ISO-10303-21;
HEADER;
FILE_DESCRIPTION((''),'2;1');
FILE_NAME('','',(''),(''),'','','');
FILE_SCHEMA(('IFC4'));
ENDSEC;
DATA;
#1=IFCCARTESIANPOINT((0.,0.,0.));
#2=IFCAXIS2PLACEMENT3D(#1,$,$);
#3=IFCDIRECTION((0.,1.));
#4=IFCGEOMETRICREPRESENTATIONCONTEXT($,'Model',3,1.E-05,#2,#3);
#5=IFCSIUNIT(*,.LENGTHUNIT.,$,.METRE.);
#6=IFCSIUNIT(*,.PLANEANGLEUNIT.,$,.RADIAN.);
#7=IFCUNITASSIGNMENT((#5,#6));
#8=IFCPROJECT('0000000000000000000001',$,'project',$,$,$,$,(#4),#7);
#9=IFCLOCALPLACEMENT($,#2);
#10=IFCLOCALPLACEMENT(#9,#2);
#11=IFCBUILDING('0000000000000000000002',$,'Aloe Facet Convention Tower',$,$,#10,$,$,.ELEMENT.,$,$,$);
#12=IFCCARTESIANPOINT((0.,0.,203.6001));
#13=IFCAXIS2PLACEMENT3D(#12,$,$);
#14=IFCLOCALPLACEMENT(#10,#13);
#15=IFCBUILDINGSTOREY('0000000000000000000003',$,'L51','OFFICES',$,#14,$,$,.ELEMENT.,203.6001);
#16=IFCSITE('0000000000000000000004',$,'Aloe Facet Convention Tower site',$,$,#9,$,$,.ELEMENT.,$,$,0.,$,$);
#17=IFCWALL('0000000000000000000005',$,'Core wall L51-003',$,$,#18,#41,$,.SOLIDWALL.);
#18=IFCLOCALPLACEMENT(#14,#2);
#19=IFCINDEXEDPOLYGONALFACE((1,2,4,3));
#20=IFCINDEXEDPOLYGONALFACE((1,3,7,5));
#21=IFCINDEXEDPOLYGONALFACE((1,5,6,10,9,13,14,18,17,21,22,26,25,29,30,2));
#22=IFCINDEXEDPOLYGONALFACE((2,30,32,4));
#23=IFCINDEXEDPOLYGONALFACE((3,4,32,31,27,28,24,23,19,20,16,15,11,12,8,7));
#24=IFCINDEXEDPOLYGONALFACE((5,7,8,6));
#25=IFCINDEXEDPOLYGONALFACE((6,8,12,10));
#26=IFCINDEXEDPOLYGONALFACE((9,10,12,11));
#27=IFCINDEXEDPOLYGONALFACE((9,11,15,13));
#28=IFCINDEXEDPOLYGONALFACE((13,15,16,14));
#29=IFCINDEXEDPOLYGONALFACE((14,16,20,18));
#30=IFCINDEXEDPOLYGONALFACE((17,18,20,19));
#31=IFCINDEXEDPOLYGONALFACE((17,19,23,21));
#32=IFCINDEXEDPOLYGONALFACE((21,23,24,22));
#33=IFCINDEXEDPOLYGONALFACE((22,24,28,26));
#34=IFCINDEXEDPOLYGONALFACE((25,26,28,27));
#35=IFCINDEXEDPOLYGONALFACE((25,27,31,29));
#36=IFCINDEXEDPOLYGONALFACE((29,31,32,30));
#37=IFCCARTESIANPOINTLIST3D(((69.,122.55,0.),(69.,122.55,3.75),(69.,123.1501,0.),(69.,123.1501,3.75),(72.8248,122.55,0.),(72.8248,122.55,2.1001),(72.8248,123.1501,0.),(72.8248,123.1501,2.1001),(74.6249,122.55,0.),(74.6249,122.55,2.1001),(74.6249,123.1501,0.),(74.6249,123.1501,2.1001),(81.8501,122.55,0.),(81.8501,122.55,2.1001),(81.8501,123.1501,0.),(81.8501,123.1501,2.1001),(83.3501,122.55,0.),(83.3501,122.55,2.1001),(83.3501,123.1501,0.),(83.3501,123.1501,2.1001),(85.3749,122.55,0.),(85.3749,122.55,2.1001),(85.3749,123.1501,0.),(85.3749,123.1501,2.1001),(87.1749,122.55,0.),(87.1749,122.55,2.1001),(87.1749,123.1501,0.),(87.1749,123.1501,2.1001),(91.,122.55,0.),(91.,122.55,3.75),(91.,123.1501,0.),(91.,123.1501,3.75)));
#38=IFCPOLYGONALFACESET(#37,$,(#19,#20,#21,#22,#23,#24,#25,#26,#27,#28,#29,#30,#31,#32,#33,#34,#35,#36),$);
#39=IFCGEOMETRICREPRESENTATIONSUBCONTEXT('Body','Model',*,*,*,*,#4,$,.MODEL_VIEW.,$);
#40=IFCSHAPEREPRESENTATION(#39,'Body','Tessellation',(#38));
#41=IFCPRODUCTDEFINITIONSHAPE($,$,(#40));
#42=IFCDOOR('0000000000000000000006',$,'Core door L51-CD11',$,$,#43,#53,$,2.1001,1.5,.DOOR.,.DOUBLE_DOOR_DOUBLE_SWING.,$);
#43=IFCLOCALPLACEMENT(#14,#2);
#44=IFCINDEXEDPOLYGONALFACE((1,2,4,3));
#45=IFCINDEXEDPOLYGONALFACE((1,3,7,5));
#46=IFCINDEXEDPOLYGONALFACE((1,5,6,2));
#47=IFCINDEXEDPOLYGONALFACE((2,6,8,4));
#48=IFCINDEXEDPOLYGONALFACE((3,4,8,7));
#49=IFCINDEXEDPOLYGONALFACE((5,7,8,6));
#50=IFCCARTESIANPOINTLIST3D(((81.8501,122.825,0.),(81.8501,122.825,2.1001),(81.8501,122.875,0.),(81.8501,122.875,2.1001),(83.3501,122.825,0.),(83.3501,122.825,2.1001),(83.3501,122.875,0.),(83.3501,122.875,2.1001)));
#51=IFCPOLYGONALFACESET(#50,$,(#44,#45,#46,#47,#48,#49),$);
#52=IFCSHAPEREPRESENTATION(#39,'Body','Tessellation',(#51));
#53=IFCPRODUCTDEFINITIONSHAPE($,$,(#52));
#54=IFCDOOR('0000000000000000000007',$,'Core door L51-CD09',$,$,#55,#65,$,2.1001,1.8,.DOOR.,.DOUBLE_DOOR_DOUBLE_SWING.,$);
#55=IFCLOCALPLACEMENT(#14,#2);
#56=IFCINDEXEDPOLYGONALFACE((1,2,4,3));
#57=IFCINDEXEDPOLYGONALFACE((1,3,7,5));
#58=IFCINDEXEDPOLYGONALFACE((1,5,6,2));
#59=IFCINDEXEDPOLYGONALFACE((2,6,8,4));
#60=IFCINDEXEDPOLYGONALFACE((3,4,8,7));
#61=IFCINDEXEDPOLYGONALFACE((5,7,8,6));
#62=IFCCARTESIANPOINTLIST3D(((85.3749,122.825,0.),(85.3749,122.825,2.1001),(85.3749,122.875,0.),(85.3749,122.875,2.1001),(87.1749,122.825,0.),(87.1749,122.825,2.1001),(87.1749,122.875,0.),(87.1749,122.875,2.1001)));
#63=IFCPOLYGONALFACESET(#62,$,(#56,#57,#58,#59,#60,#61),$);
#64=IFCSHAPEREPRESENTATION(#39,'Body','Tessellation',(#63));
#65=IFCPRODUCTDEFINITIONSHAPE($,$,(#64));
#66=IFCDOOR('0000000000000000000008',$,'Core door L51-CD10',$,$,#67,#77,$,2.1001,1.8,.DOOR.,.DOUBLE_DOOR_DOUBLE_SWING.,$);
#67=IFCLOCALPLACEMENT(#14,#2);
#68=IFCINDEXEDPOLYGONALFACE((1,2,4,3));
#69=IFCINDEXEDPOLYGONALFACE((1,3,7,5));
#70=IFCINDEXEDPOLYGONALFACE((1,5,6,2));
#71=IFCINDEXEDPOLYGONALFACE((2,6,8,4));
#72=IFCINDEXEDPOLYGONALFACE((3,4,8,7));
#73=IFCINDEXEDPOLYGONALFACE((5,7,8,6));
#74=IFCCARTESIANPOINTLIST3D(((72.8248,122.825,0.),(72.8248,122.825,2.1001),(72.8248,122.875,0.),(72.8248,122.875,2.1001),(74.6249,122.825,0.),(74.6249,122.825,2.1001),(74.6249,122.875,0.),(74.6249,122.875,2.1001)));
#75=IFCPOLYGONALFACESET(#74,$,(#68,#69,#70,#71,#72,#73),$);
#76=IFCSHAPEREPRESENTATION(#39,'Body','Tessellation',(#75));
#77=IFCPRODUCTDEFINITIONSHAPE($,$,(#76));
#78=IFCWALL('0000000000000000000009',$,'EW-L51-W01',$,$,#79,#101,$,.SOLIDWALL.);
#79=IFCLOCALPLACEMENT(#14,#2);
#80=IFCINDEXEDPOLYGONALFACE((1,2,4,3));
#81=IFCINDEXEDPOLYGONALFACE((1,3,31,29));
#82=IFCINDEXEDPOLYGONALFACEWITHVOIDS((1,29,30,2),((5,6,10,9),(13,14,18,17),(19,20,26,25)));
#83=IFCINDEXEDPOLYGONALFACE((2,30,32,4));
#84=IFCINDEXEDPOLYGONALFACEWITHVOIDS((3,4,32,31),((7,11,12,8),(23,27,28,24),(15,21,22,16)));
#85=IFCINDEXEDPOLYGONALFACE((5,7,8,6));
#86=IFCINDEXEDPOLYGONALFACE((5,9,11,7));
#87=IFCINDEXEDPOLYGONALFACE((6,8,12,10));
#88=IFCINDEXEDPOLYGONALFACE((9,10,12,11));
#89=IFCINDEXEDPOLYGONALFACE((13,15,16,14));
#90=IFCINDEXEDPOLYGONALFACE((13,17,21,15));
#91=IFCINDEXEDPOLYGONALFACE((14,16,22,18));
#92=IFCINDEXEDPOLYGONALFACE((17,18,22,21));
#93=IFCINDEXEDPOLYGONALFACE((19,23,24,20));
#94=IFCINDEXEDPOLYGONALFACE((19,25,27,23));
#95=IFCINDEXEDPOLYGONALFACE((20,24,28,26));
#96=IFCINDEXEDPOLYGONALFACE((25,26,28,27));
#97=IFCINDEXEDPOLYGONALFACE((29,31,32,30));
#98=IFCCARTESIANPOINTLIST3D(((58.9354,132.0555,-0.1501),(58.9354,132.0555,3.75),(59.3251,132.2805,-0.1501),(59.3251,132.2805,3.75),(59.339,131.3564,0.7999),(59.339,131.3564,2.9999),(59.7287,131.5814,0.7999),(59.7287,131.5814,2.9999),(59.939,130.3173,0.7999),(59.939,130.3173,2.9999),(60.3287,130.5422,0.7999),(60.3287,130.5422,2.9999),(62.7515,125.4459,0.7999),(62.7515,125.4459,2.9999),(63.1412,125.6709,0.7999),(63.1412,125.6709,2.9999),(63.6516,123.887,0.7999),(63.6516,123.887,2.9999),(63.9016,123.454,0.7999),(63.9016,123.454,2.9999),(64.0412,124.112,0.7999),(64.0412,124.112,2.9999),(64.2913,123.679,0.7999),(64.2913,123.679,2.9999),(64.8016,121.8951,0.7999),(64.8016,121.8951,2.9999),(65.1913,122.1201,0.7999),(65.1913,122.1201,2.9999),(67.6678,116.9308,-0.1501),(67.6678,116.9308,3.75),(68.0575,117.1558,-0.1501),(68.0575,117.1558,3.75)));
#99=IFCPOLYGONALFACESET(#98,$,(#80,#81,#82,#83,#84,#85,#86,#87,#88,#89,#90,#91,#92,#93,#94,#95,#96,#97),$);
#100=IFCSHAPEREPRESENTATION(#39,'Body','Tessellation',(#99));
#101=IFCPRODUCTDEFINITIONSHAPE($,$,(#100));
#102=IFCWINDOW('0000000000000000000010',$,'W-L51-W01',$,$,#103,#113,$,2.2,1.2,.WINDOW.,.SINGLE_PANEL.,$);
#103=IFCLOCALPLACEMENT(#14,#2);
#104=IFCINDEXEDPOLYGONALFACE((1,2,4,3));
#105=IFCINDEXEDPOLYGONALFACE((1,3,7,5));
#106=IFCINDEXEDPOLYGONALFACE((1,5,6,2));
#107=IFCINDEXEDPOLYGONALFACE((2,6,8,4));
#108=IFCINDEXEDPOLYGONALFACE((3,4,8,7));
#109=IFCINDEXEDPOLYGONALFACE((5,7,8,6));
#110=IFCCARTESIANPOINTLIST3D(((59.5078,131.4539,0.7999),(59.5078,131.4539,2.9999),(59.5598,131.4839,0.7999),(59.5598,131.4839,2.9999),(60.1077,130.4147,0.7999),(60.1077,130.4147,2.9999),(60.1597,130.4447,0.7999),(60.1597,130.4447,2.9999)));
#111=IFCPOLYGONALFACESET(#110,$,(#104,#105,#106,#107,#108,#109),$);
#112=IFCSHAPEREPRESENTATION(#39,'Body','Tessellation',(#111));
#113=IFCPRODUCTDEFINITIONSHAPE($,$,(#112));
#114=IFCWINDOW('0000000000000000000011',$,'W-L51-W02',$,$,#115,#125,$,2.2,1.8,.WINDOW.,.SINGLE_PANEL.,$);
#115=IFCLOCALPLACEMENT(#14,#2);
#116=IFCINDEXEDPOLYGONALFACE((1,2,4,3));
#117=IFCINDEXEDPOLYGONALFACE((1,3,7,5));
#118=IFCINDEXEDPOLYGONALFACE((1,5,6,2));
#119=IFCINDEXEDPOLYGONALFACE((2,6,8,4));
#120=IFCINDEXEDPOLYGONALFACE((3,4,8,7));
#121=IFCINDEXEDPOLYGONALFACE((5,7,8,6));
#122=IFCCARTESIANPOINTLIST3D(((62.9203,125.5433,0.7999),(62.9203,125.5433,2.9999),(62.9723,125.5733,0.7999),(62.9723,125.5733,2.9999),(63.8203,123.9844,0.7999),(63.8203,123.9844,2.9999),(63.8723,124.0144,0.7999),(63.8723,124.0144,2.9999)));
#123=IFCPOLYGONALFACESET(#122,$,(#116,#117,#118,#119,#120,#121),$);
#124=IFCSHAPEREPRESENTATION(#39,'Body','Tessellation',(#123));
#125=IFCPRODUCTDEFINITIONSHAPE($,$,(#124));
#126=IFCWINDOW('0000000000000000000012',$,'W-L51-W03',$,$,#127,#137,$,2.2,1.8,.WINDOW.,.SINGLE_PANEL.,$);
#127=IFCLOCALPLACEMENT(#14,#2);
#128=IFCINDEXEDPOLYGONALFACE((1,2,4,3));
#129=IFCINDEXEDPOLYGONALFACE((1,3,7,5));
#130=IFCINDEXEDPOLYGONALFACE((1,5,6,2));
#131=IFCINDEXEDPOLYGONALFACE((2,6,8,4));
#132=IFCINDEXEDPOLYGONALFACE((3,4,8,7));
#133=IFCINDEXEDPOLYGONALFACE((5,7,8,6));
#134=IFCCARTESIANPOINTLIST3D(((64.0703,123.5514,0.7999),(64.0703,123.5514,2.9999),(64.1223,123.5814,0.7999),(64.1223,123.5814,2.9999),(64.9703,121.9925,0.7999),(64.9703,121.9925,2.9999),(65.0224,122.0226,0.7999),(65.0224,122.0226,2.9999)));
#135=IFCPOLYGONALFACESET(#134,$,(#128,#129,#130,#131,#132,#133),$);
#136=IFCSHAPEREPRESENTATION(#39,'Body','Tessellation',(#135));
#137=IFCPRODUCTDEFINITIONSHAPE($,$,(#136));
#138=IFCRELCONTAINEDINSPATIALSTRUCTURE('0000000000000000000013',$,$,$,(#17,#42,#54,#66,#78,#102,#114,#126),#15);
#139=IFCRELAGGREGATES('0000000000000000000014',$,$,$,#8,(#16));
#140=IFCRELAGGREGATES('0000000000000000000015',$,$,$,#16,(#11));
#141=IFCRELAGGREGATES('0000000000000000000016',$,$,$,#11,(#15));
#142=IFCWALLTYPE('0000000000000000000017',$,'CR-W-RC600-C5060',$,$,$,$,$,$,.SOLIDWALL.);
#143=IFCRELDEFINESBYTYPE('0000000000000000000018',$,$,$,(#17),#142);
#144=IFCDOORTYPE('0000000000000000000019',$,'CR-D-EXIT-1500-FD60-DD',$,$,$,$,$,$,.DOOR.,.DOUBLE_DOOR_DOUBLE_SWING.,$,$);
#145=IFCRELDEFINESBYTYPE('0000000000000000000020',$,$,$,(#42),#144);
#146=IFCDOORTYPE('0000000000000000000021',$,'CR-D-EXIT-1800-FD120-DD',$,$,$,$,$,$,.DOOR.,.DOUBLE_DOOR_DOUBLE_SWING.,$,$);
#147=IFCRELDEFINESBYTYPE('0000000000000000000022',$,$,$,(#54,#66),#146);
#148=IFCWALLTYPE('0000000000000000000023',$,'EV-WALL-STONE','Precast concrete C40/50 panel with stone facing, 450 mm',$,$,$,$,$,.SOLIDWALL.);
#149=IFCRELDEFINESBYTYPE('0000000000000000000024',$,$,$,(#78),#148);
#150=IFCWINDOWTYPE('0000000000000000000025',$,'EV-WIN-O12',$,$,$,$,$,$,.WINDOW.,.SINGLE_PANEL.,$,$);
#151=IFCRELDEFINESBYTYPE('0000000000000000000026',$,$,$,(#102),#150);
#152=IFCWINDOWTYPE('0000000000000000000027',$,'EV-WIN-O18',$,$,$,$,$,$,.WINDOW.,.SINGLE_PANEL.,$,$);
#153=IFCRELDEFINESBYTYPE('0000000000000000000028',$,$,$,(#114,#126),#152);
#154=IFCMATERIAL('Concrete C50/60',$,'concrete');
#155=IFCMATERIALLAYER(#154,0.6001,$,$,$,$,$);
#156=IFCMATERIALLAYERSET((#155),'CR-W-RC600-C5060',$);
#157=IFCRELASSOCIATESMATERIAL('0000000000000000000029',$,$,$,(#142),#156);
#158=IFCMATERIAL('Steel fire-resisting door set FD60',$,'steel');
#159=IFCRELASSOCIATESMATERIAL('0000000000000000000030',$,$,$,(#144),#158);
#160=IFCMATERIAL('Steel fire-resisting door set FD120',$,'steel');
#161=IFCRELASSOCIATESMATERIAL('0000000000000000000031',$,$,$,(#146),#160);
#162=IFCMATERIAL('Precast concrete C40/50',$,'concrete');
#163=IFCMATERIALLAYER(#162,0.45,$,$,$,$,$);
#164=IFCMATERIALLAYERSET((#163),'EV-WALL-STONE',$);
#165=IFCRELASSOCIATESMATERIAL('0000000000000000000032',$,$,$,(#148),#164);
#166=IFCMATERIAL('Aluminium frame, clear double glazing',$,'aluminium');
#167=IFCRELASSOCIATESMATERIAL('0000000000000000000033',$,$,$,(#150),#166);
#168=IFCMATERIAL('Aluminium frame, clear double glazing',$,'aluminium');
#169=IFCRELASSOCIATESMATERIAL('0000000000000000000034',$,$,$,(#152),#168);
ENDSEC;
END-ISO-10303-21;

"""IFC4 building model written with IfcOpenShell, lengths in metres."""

from ifc_helpers import new_model, si_unit, direction, frame, frame_2d, origin, place, context, subcontext, project, spatial, polyline, rectangle, outline, extrude, material, layer, layer_set, type_object, element, fill, save


model = new_model("IFC4")

# Units and contexts
model_context = context("Model", 3, precision=1e-05, world=origin(), true_north=direction((0.0, 1.0)))
body_context = subcontext(model_context, "Body", "Model", "MODEL_VIEW")
ifc_project = project(units=[si_unit("LENGTHUNIT", "METRE"), si_unit("PLANEANGLEUNIT", "RADIAN")], contexts=[model_context])

# Site, building, storey
site_placement = place(None, origin())
site = spatial("IfcSite", under=ifc_project, at=site_placement, Name="Aloe Facet Convention Tower site", CompositionType="ELEMENT", RefElevation=0.0)
building_placement = place(site_placement, origin())
building = spatial("IfcBuilding", under=site, at=building_placement, Name="Aloe Facet Convention Tower", CompositionType="ELEMENT")
storey_placement = place(building_placement, frame((0.0, 0.0, 203.6001)))
storey = spatial("IfcBuildingStorey", under=building, at=storey_placement, Name="L51", Description="OFFICES", CompositionType="ELEMENT", Elevation=203.6001)

# Shared definitions
ifc_material_1 = material(Name="Concrete C50/60", Category="concrete")
ifc_layer_1 = layer(ifc_material_1, 0.6001)
ifc_layer_set_1 = layer_set([ifc_layer_1], Name="CR-W-RC600-C5060")
wall_type_1 = type_object("IfcWallType", Name="CR-W-RC600-C5060", PredefinedType="SOLIDWALL", material=ifc_layer_set_1)

# Wall, openings, doors
wall_1_placement = place(storey_placement, frame((69.0, 122.8501, 0.0), z_axis=(0.0, 0.0, 1.0), x_axis=(1.0, 0.0, 0.0)))
wall_1 = element("IfcWall", 1, at=wall_1_placement, inside=storey, type_object=wall_type_1, Name="Core wall L51-003", PredefinedType="SOLIDWALL", context=body_context, shape_type="SweptSolid", body=[
    extrude(rectangle(XDim=22.0, YDim=0.6001, at=frame_2d((11.0, 0.0))), origin(), (0.0, 0.0, 1.0), 3.75),
])
opening_1_placement = place(wall_1_placement, frame((16.375, 0.0, 0.0)))
opening_1 = element("IfcOpeningElement", 2, at=opening_1_placement, cuts=wall_1, PredefinedType="OPENING", context=body_context, shape_type="SweptSolid", body=[
    extrude(rectangle(XDim=1.8, YDim=2.1001, at=frame_2d((0.8999, 1.05))), frame((0.0, 0.3101, 0.0), z_axis=(0.0, -1.0, 0.0), x_axis=(1.0, 0.0, 0.0)), (0.0, 0.0, 1.0), 0.6201),
])
opening_2_placement = place(wall_1_placement, frame((3.825, 0.0, 0.0)))
opening_2 = element("IfcOpeningElement", 3, at=opening_2_placement, cuts=wall_1, PredefinedType="OPENING", context=body_context, shape_type="SweptSolid", body=[
    extrude(rectangle(XDim=1.8, YDim=2.1001, at=frame_2d((0.8999, 1.05))), frame((0.0, 0.3101, 0.0), z_axis=(0.0, -1.0, 0.0), x_axis=(1.0, 0.0, 0.0)), (0.0, 0.0, 1.0), 0.6201),
])
opening_3_placement = place(wall_1_placement, frame((12.8501, 0.0, 0.0)))
opening_3 = element("IfcOpeningElement", 4, at=opening_3_placement, cuts=wall_1, PredefinedType="OPENING", context=body_context, shape_type="SweptSolid", body=[
    extrude(rectangle(XDim=1.5, YDim=2.1001, at=frame_2d((0.75, 1.05))), frame((0.0, 0.3101, 0.0), z_axis=(0.0, -1.0, 0.0), x_axis=(1.0, 0.0, 0.0)), (0.0, 0.0, 1.0), 0.6201),
])
ifc_material_2 = material(Name="Steel fire-resisting door set FD60", Category="steel")
door_type_1 = type_object("IfcDoorType", Name="CR-D-EXIT-1500-FD60-DD", OperationType="DOUBLE_DOOR_DOUBLE_SWING", PredefinedType="DOOR", material=ifc_material_2)
door_1_placement = place(opening_3_placement, origin())
door_1 = element("IfcDoor", 5, at=door_1_placement, inside=storey, type_object=door_type_1, Name="Core door L51-CD11", OperationType="DOUBLE_DOOR_DOUBLE_SWING", OverallHeight=2.1001, OverallWidth=1.5, PredefinedType="DOOR", context=body_context, shape_type="SweptSolid", body=[
    extrude(rectangle(XDim=1.5, YDim=2.1001, at=frame_2d((0.75, 1.05))), frame((0.0, 0.0249, 0.0), z_axis=(0.0, -1.0, 0.0), x_axis=(1.0, 0.0, 0.0)), (0.0, 0.0, 1.0), 0.05),
])
fill(opening_3, door_1)
ifc_material_3 = material(Name="Steel fire-resisting door set FD120", Category="steel")
door_type_2 = type_object("IfcDoorType", Name="CR-D-EXIT-1800-FD120-DD", OperationType="DOUBLE_DOOR_DOUBLE_SWING", PredefinedType="DOOR", material=ifc_material_3)
door_2_placement = place(opening_1_placement, origin())
door_2 = element("IfcDoor", 6, at=door_2_placement, inside=storey, type_object=door_type_2, Name="Core door L51-CD09", OperationType="DOUBLE_DOOR_DOUBLE_SWING", OverallHeight=2.1001, OverallWidth=1.8, PredefinedType="DOOR", context=body_context, shape_type="SweptSolid", body=[
    extrude(rectangle(XDim=1.8, YDim=2.1001, at=frame_2d((0.8999, 1.05))), frame((0.0, 0.0249, 0.0), z_axis=(0.0, -1.0, 0.0), x_axis=(1.0, 0.0, 0.0)), (0.0, 0.0, 1.0), 0.05),
])
fill(opening_1, door_2)
door_3_placement = place(opening_2_placement, origin())
door_3 = element("IfcDoor", 7, at=door_3_placement, inside=storey, type_object=door_type_2, Name="Core door L51-CD10", OperationType="DOUBLE_DOOR_DOUBLE_SWING", OverallHeight=2.1001, OverallWidth=1.8, PredefinedType="DOOR", context=body_context, shape_type="SweptSolid", body=[
    extrude(rectangle(XDim=1.8, YDim=2.1001, at=frame_2d((0.8999, 1.05))), frame((0.0, 0.0249, 0.0), z_axis=(0.0, -1.0, 0.0), x_axis=(1.0, 0.0, 0.0)), (0.0, 0.0, 1.0), 0.05),
])
fill(opening_2, door_3)

# Wall, openings, windows
ifc_material_4 = material(Name="Precast concrete C40/50", Category="concrete")
ifc_layer_2 = layer(ifc_material_4, 0.45)
ifc_layer_set_2 = layer_set([ifc_layer_2], Name="EV-WALL-STONE")
wall_type_2 = type_object("IfcWallType", Name="EV-WALL-STONE", Description="Precast concrete C40/50 panel with stone facing, 450 mm", PredefinedType="SOLIDWALL", material=ifc_layer_set_2)
wall_2_placement = place(storey_placement, frame((59.1301, 132.168, -0.1501), z_axis=(0.0, 0.0, 1.0), x_axis=(0.500006, -0.866022, 0.0)))
wall_2 = element("IfcWall", 8, at=wall_2_placement, inside=storey, type_object=wall_type_2, Name="EW-L51-W01", PredefinedType="SOLIDWALL", context=body_context, shape_type="SweptSolid", body=[
    extrude(outline(polyline([(0.0, 0.0), (0.0, 3.9001), (17.4646, 3.9001), (17.4646, 0.0), (0.0, 0.0)])), frame((0.0, 0.2251, 0.0), z_axis=(0.0, -1.0, 0.0), x_axis=(1.0, 0.0, 0.0)), (0.0, 0.0, 1.0), 0.45),
])
opening_4_placement = place(wall_2_placement, frame((0.8071, 0.0, 0.95)))
opening_4 = element("IfcOpeningElement", 9, at=opening_4_placement, cuts=wall_2, PredefinedType="OPENING", context=body_context, shape_type="SweptSolid", body=[
    extrude(rectangle(XDim=1.2, YDim=2.2, at=frame_2d((0.6001, 1.1001))), frame((0.0, 0.2349, 0.0), z_axis=(0.0, -1.0, 0.0), x_axis=(1.0, 0.0, 0.0)), (0.0, 0.0, 1.0), 0.47),
])
opening_5_placement = place(wall_2_placement, frame((7.6323, 0.0, 0.95)))
opening_5 = element("IfcOpeningElement", 10, at=opening_5_placement, cuts=wall_2, PredefinedType="OPENING", context=body_context, shape_type="SweptSolid", body=[
    extrude(rectangle(XDim=1.8, YDim=2.2, at=frame_2d((0.8999, 1.1001))), frame((0.0, 0.2349, 0.0), z_axis=(0.0, -1.0, 0.0), x_axis=(1.0, 0.0, 0.0)), (0.0, 0.0, 1.0), 0.47),
])
opening_6_placement = place(wall_2_placement, frame((9.9324, 0.0, 0.95)))
opening_6 = element("IfcOpeningElement", 11, at=opening_6_placement, cuts=wall_2, PredefinedType="OPENING", context=body_context, shape_type="SweptSolid", body=[
    extrude(rectangle(XDim=1.8, YDim=2.2, at=frame_2d((0.8999, 1.1001))), frame((0.0, 0.2349, 0.0), z_axis=(0.0, -1.0, 0.0), x_axis=(1.0, 0.0, 0.0)), (0.0, 0.0, 1.0), 0.47),
])
ifc_material_5 = material(Name="Aluminium frame, clear double glazing", Category="aluminium")
window_type_1 = type_object("IfcWindowType", Name="EV-WIN-O12", PartitioningType="SINGLE_PANEL", PredefinedType="WINDOW", material=ifc_material_5)
window_1_placement = place(opening_4_placement, origin())
window_1 = element("IfcWindow", 12, at=window_1_placement, inside=storey, type_object=window_type_1, Name="W-L51-W01", OverallHeight=2.2, OverallWidth=1.2, PartitioningType="SINGLE_PANEL", PredefinedType="WINDOW", context=body_context, shape_type="SweptSolid", body=[
    extrude(rectangle(XDim=1.2, YDim=2.2, at=frame_2d((0.6001, 1.1001))), frame((0.0, 0.03, 0.0), z_axis=(0.0, -1.0, 0.0), x_axis=(1.0, 0.0, 0.0)), (0.0, 0.0, 1.0), 0.0601),
])
fill(opening_4, window_1)
ifc_material_6 = material(Name="Aluminium frame, clear double glazing", Category="aluminium")
window_type_2 = type_object("IfcWindowType", Name="EV-WIN-O18", PartitioningType="SINGLE_PANEL", PredefinedType="WINDOW", material=ifc_material_6)
window_2_placement = place(opening_5_placement, origin())
window_2 = element("IfcWindow", 13, at=window_2_placement, inside=storey, type_object=window_type_2, Name="W-L51-W02", OverallHeight=2.2, OverallWidth=1.8, PartitioningType="SINGLE_PANEL", PredefinedType="WINDOW", context=body_context, shape_type="SweptSolid", body=[
    extrude(rectangle(XDim=1.8, YDim=2.2, at=frame_2d((0.8999, 1.1001))), frame((0.0, 0.03, 0.0), z_axis=(0.0, -1.0, 0.0), x_axis=(1.0, 0.0, 0.0)), (0.0, 0.0, 1.0), 0.0601),
])
fill(opening_5, window_2)
window_3_placement = place(opening_6_placement, origin())
window_3 = element("IfcWindow", 14, at=window_3_placement, inside=storey, type_object=window_type_2, Name="W-L51-W03", OverallHeight=2.2, OverallWidth=1.8, PartitioningType="SINGLE_PANEL", PredefinedType="WINDOW", context=body_context, shape_type="SweptSolid", body=[
    extrude(rectangle(XDim=1.8, YDim=2.2, at=frame_2d((0.8999, 1.1001))), frame((0.0, 0.03, 0.0), z_axis=(0.0, -1.0, 0.0), x_axis=(1.0, 0.0, 0.0)), (0.0, 0.0, 1.0), 0.0601),
])
fill(opening_6, window_3)

save(model, "model.ifc")
